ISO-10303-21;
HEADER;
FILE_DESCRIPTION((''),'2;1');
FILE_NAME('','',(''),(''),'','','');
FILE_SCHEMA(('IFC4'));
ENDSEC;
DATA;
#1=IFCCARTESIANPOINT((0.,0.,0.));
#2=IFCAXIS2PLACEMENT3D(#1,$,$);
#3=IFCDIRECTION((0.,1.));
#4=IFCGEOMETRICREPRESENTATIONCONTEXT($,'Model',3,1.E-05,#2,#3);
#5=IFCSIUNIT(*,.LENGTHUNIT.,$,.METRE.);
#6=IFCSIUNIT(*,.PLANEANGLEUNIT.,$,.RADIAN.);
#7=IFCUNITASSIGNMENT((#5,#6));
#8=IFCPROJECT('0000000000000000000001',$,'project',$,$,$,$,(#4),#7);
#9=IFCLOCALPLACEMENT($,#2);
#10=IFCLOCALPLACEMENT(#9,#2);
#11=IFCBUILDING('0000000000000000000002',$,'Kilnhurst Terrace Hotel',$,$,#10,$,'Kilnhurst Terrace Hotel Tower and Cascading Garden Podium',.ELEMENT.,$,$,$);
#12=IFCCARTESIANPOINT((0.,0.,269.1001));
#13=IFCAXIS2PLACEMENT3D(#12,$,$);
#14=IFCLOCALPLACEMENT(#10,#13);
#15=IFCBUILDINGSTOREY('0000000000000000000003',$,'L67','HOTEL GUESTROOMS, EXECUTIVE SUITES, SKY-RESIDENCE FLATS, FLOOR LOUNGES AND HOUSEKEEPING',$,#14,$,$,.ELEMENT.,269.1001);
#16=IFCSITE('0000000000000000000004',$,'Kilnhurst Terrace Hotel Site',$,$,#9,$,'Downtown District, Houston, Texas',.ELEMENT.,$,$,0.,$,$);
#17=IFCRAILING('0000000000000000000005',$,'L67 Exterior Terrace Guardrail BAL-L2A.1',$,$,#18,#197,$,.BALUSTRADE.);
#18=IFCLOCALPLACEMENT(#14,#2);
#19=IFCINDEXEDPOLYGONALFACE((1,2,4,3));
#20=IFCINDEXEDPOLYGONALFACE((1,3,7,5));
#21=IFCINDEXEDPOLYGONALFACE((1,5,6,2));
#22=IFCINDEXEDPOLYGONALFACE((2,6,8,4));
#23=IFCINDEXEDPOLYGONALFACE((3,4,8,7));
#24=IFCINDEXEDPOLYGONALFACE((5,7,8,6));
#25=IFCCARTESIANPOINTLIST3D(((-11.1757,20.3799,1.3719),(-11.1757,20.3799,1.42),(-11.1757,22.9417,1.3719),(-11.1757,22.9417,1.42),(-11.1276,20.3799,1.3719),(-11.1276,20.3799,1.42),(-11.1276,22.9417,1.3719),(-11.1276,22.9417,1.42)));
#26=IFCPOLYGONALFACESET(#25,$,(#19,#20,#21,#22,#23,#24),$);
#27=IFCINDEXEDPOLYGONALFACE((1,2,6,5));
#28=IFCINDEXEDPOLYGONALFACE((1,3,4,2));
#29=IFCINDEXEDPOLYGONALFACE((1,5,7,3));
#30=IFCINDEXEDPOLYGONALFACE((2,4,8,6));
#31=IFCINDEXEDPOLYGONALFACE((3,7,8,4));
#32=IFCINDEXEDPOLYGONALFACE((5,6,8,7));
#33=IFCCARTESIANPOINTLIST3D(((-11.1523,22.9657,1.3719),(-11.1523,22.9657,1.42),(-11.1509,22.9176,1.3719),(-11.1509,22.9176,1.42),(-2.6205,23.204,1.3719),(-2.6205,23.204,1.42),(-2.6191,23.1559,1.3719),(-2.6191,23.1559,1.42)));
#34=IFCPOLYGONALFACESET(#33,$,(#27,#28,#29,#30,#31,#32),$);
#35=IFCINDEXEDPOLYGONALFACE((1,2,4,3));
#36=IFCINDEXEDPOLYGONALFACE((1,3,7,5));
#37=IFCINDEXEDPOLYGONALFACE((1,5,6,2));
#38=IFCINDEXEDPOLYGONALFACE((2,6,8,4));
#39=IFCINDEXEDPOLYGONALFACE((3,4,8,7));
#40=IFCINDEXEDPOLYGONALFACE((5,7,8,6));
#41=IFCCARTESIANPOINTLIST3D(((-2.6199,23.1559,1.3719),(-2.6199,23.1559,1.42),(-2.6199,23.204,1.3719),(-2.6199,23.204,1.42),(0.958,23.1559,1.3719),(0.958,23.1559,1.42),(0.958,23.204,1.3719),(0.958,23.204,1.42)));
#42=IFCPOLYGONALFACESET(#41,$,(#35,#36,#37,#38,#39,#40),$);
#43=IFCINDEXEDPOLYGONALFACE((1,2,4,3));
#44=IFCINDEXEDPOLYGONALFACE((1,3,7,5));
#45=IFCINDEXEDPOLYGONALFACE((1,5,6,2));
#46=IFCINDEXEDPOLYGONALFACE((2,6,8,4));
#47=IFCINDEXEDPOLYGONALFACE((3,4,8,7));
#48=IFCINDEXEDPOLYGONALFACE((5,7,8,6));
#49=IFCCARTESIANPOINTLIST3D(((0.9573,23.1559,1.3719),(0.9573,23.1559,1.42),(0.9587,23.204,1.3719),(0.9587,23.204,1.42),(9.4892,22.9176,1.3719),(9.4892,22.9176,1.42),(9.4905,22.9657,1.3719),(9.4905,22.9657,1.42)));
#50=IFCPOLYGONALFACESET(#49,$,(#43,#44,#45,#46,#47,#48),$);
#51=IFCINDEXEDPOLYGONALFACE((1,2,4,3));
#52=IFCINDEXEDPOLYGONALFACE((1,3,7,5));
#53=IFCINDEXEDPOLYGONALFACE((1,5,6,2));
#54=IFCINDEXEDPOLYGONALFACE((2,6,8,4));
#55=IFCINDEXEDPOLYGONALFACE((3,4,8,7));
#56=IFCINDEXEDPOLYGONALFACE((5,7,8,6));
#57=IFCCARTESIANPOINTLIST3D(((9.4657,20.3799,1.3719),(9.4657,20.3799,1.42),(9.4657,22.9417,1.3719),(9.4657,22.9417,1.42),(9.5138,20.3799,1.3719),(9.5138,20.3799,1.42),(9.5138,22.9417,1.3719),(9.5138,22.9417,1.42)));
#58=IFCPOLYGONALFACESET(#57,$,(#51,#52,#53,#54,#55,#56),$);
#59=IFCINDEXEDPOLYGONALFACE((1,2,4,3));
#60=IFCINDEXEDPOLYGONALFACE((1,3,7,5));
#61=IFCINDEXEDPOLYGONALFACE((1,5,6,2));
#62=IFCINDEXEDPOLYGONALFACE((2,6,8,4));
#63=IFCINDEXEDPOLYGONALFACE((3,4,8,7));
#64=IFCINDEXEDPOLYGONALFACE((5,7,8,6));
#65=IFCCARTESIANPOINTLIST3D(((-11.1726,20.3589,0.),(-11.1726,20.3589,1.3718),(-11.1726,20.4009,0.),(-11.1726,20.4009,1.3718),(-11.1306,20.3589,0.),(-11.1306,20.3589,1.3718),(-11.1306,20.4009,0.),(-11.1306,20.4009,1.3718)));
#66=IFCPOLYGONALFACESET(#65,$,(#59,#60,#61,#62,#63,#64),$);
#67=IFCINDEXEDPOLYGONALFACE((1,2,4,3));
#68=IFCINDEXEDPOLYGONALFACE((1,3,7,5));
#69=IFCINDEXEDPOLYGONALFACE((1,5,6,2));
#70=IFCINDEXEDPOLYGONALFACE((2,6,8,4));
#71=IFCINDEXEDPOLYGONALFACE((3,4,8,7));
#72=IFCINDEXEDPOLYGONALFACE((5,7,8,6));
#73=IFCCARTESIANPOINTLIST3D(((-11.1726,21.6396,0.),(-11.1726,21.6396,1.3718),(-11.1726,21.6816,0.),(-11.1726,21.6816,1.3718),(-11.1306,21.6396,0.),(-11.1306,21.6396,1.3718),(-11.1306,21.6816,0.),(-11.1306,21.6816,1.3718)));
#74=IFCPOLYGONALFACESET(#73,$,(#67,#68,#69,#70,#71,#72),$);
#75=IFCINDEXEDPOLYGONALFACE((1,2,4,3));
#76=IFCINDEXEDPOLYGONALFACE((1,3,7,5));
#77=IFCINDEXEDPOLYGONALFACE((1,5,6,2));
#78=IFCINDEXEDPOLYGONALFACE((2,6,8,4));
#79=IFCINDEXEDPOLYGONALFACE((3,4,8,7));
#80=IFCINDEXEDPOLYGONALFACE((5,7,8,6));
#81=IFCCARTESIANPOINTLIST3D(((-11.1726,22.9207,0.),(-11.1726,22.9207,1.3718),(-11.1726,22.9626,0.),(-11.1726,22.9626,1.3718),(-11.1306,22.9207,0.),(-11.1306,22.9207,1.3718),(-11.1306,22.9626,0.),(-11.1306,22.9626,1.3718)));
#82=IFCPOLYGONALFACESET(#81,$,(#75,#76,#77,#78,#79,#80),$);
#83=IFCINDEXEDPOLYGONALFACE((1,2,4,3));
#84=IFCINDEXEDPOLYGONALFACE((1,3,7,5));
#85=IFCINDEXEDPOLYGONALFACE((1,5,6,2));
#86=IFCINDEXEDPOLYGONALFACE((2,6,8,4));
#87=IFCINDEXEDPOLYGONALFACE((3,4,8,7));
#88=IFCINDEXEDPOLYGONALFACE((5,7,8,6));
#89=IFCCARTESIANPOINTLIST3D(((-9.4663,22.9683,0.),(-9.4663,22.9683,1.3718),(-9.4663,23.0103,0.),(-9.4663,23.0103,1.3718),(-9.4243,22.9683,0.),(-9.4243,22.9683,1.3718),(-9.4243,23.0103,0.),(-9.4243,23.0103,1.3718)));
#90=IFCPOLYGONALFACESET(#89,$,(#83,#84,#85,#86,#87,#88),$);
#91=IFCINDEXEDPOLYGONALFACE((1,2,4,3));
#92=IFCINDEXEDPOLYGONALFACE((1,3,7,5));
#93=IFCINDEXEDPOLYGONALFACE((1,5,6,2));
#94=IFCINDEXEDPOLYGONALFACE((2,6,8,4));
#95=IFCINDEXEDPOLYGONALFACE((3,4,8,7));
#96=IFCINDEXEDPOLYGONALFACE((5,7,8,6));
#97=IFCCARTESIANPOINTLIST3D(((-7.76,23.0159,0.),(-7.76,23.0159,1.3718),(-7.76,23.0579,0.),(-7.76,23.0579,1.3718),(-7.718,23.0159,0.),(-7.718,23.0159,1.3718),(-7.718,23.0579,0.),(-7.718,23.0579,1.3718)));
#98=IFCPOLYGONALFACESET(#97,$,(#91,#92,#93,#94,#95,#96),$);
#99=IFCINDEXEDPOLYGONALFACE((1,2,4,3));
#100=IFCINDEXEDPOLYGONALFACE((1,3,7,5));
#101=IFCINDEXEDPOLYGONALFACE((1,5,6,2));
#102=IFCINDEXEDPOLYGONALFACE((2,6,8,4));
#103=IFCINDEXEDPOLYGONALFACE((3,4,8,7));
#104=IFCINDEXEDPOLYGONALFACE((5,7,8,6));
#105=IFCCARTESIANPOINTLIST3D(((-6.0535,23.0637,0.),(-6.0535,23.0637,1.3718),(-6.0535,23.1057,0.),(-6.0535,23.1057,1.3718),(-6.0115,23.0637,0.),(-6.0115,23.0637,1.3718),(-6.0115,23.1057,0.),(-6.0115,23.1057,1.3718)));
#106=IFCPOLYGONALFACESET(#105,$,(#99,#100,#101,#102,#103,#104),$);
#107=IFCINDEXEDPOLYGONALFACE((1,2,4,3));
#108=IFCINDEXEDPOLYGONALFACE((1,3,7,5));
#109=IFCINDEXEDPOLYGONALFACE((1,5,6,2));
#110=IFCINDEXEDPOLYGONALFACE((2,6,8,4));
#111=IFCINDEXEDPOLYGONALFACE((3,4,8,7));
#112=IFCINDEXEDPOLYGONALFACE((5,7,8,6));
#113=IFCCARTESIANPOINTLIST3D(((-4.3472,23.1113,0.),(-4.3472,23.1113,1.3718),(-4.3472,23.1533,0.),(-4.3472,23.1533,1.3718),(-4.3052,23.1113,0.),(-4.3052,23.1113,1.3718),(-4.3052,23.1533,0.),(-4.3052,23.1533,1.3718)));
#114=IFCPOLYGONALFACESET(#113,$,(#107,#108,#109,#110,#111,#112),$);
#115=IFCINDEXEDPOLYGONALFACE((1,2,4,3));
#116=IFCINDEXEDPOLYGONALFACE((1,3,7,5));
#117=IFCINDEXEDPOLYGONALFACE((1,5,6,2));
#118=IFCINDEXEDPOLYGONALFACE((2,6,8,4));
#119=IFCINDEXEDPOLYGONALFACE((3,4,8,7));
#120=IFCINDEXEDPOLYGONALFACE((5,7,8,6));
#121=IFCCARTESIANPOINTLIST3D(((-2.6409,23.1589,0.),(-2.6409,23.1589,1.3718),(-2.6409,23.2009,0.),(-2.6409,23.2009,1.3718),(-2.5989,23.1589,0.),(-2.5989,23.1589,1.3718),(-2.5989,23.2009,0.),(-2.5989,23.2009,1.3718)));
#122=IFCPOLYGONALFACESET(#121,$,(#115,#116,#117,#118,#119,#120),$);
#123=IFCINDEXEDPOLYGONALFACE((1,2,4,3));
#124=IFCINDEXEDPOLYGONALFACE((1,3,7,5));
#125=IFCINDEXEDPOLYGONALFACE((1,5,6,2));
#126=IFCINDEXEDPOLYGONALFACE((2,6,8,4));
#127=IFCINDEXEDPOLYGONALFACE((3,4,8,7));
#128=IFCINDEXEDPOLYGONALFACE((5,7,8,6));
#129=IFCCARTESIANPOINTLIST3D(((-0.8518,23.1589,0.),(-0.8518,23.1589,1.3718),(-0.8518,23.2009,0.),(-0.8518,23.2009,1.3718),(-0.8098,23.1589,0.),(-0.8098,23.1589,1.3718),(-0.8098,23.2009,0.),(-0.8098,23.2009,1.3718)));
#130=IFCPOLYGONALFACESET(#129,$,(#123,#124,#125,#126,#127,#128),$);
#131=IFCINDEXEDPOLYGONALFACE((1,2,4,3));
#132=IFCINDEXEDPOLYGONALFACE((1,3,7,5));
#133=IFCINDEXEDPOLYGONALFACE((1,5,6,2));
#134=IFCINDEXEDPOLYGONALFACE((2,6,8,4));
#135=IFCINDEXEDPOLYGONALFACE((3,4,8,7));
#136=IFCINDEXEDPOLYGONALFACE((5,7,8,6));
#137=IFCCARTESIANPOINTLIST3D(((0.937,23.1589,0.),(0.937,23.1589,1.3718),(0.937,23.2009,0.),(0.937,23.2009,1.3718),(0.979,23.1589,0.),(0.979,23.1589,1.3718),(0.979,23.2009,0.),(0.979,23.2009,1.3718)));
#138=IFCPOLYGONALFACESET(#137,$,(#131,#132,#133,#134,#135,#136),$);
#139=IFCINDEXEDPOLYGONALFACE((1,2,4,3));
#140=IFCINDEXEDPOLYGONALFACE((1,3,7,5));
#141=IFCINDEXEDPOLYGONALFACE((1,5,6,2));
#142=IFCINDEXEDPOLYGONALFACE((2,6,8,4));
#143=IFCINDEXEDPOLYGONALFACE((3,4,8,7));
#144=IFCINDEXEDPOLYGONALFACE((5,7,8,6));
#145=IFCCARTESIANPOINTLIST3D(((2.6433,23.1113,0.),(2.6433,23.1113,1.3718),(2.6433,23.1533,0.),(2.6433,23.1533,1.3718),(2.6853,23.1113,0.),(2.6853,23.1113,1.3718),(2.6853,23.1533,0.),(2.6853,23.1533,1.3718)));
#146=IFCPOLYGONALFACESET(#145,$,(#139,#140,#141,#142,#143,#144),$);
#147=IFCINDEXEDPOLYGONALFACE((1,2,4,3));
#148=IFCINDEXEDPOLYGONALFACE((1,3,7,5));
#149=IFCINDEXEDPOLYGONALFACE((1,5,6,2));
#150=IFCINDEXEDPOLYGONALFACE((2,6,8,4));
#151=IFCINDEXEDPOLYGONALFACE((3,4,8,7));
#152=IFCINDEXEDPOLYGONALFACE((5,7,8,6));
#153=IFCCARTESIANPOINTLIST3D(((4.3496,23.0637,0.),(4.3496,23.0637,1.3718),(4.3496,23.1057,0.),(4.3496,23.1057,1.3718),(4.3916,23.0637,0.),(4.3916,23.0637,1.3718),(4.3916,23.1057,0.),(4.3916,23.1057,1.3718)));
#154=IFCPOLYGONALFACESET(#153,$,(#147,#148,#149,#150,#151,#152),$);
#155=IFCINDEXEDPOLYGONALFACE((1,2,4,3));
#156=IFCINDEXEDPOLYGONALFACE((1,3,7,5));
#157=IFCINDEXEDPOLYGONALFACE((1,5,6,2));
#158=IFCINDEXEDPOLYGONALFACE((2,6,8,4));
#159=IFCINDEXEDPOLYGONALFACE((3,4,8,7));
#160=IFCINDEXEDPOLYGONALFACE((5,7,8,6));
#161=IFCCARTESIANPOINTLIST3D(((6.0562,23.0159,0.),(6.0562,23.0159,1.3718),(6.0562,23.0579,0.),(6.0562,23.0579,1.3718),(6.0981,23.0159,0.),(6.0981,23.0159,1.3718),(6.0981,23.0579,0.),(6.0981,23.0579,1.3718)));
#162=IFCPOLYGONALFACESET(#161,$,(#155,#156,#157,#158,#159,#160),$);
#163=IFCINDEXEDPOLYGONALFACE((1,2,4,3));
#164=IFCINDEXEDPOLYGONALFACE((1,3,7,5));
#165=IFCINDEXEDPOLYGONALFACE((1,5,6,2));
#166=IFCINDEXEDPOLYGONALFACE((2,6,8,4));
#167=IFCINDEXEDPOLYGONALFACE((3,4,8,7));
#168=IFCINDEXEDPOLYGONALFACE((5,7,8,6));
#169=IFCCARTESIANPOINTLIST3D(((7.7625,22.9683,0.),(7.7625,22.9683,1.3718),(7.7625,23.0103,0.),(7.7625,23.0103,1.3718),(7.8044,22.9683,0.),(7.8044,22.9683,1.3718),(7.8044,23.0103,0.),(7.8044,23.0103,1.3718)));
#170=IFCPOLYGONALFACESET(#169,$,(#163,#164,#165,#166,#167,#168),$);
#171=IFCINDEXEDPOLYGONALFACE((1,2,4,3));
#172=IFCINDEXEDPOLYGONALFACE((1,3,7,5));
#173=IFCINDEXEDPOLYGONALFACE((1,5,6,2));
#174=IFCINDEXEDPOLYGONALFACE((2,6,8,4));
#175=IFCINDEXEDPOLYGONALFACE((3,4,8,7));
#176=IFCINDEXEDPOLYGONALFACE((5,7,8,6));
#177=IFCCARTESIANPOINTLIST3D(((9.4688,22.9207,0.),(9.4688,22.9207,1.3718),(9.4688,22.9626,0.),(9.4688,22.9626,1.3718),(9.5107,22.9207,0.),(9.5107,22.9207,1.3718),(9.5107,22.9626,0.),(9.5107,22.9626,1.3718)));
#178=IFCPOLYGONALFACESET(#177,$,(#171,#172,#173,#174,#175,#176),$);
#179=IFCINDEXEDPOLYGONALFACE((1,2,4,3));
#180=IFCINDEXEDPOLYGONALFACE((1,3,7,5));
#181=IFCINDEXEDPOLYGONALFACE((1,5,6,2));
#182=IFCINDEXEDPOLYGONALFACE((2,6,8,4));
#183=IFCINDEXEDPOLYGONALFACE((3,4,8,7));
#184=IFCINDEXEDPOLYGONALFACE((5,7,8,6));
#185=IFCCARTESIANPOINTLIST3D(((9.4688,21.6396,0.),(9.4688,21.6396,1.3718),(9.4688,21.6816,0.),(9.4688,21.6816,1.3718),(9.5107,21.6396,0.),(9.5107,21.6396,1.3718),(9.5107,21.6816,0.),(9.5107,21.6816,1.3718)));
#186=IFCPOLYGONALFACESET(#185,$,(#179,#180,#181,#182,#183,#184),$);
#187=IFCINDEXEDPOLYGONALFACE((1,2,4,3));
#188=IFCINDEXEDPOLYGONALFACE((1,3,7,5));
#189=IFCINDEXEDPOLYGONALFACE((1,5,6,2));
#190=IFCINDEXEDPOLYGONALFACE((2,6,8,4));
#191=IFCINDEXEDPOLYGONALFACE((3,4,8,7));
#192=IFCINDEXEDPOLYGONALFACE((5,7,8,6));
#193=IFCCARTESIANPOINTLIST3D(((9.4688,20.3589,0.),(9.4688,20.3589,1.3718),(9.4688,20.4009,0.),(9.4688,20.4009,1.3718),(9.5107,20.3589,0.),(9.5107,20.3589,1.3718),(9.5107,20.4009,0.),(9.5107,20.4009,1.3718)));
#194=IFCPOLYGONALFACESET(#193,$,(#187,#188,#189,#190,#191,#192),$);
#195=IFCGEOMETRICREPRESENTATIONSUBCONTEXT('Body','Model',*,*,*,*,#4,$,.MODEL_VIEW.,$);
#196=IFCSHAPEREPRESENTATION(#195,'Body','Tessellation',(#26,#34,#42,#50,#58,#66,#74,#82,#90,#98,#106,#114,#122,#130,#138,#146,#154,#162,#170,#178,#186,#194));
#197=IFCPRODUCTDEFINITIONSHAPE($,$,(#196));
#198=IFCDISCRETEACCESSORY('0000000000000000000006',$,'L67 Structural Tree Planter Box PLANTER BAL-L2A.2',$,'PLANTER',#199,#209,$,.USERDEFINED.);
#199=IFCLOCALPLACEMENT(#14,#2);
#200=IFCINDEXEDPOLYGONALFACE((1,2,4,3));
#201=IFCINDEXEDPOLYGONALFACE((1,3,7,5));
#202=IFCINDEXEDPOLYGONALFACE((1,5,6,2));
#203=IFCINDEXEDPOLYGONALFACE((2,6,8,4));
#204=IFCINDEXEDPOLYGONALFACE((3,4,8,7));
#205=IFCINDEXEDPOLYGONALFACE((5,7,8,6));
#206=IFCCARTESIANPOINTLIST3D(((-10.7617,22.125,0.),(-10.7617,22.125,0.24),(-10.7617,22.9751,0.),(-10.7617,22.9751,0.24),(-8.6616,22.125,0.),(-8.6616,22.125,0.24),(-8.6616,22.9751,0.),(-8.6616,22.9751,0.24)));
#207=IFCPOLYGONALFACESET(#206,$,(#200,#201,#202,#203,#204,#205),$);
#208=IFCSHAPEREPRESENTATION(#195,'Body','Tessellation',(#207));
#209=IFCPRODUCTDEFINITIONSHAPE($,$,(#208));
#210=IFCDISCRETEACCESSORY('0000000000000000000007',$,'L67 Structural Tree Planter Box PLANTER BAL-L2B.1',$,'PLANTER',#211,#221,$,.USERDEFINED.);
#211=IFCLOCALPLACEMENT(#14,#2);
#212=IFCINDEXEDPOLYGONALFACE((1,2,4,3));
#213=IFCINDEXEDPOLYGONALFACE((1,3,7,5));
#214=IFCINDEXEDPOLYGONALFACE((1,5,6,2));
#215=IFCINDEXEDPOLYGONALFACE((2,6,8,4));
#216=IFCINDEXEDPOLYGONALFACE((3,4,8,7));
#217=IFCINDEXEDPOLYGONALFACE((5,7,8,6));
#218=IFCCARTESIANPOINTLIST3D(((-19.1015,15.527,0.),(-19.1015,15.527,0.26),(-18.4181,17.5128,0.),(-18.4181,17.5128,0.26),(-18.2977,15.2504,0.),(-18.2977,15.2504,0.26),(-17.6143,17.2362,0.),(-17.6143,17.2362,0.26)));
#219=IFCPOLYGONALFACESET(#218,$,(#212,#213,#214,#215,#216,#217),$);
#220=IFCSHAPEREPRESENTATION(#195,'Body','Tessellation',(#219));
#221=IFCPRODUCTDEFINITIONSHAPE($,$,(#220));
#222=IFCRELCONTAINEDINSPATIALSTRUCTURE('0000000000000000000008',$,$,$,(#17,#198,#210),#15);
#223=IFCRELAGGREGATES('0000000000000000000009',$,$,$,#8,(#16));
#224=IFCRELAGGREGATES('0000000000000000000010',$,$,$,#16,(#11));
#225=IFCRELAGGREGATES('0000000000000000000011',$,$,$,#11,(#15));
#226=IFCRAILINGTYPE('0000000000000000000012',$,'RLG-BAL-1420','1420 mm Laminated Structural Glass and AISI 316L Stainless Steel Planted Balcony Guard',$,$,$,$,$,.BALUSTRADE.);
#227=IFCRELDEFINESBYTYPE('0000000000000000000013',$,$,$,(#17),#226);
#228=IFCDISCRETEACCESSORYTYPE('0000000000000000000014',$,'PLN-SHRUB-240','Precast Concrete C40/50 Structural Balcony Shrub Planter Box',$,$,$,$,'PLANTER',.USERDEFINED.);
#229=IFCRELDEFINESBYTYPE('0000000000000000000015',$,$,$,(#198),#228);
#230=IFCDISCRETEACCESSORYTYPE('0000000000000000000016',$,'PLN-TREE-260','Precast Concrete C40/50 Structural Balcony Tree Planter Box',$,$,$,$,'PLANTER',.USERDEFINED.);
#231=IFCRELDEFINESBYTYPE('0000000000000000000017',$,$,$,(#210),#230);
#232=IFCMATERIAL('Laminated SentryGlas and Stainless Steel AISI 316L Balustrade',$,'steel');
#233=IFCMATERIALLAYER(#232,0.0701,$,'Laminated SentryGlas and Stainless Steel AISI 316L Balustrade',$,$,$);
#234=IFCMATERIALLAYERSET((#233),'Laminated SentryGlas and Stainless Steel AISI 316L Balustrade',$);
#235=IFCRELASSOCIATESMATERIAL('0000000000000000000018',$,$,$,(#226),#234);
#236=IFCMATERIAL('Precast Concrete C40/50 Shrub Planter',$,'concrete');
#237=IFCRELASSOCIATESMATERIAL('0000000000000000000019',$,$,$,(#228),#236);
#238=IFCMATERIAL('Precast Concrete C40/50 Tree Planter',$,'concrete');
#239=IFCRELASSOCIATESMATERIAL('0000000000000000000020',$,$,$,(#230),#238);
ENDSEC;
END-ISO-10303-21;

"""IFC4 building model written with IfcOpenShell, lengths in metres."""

from ifc_helpers import new_model, si_unit, direction, frame, origin, origin_2d, place, context, subcontext, project, spatial, rectangle, extrude, material, layer, layer_set, type_object, element, save


model = new_model("IFC4")

# Units and contexts
model_context = context("Model", 3, precision=1e-05, world=origin(), true_north=direction((0.0, 1.0)))
body_context = subcontext(model_context, "Body", "Model", "MODEL_VIEW")
ifc_project = project(units=[si_unit("LENGTHUNIT", "METRE"), si_unit("PLANEANGLEUNIT", "RADIAN")], contexts=[model_context])

# Site, building, storey
site_placement = place(None, origin())
site = spatial("IfcSite", under=ifc_project, at=site_placement, Name="Kilnhurst Terrace Hotel Site", LongName="Downtown District, Houston, Texas", CompositionType="ELEMENT", RefElevation=0.0)
building_placement = place(site_placement, origin())
building = spatial("IfcBuilding", under=site, at=building_placement, Name="Kilnhurst Terrace Hotel", LongName="Kilnhurst Terrace Hotel Tower and Cascading Garden Podium", CompositionType="ELEMENT")
storey_placement = place(building_placement, frame((0.0, 0.0, 269.1001)))
storey = spatial("IfcBuildingStorey", under=building, at=storey_placement, Name="L67", Description="HOTEL GUESTROOMS, EXECUTIVE SUITES, SKY-RESIDENCE FLATS, FLOOR LOUNGES AND HOUSEKEEPING", CompositionType="ELEMENT", Elevation=269.1001)

# Railing
ifc_material_1 = material(Name="Laminated SentryGlas and Stainless Steel AISI 316L Balustrade", Category="steel")
ifc_layer_1 = layer(ifc_material_1, 0.0701, Name="Laminated SentryGlas and Stainless Steel AISI 316L Balustrade")
ifc_layer_set_1 = layer_set([ifc_layer_1], Name="Laminated SentryGlas and Stainless Steel AISI 316L Balustrade")
railing_type = type_object("IfcRailingType", Name="RLG-BAL-1420", Description="1420 mm Laminated Structural Glass and AISI 316L Stainless Steel Planted Balcony Guard", PredefinedType="BALUSTRADE", material=ifc_layer_set_1)
railing_placement = place(storey_placement, frame((-11.1516, 20.3799, 0.0)))
element("IfcRailing", 1, at=railing_placement, inside=storey, type_object=railing_type, Name="L67 Exterior Terrace Guardrail BAL-L2A.1", PredefinedType="BALUSTRADE", context=body_context, shape_type="SweptSolid", body=[
    extrude(rectangle(XDim=0.0481, YDim=0.0481, at=origin_2d()), frame((0.0, 0.0, 1.396), z_axis=(0.0, 1.0, 0.0), x_axis=(-1.0, 0.0, 0.0)), (0.0, 0.0, 1.0), 2.5618),
    extrude(rectangle(XDim=0.0481, YDim=0.0481, at=origin_2d()), frame((0.0, 2.5618, 1.396), z_axis=(0.99961, 0.027918, 0.0), x_axis=(-0.027918, 0.99961, 0.0)), (0.0, 0.0, 1.0), 8.5352),
    extrude(rectangle(XDim=0.0481, YDim=0.0481, at=origin_2d()), frame((8.5317, 2.8, 1.396), z_axis=(1.0, 0.0, 0.0), x_axis=(0.0, 1.0, 0.0)), (0.0, 0.0, 1.0), 3.5779),
    extrude(rectangle(XDim=0.0481, YDim=0.0481, at=origin_2d()), frame((12.1096, 2.8, 1.396), z_axis=(0.99961, -0.027918, 0.0), x_axis=(0.027918, 0.99961, 0.0)), (0.0, 0.0, 1.0), 8.5352),
    extrude(rectangle(XDim=0.0481, YDim=0.0481, at=origin_2d()), frame((20.6414, 2.5618, 1.396), z_axis=(0.0, -1.0, 0.0), x_axis=(1.0, 0.0, 0.0)), (0.0, 0.0, 1.0), 2.5618),
    extrude(rectangle(XDim=0.042, YDim=0.042, at=origin_2d()), origin(), (0.0, 0.0, 1.0), 1.3718),
    extrude(rectangle(XDim=0.042, YDim=0.042, at=origin_2d()), frame((0.0, 1.2808, 0.0)), (0.0, 0.0, 1.0), 1.3718),
    extrude(rectangle(XDim=0.042, YDim=0.042, at=origin_2d()), frame((0.0, 2.5618, 0.0)), (0.0, 0.0, 1.0), 1.3718),
    extrude(rectangle(XDim=0.042, YDim=0.042, at=origin_2d()), frame((1.7063, 2.6094, 0.0)), (0.0, 0.0, 1.0), 1.3718),
    extrude(rectangle(XDim=0.042, YDim=0.042, at=origin_2d()), frame((3.4126, 2.657, 0.0)), (0.0, 0.0, 1.0), 1.3718),
    extrude(rectangle(XDim=0.042, YDim=0.042, at=origin_2d()), frame((5.1191, 2.7048, 0.0)), (0.0, 0.0, 1.0), 1.3718),
    extrude(rectangle(XDim=0.042, YDim=0.042, at=origin_2d()), frame((6.8254, 2.7524, 0.0)), (0.0, 0.0, 1.0), 1.3718),
    extrude(rectangle(XDim=0.042, YDim=0.042, at=origin_2d()), frame((8.5317, 2.8, 0.0)), (0.0, 0.0, 1.0), 1.3718),
    extrude(rectangle(XDim=0.042, YDim=0.042, at=origin_2d()), frame((10.3208, 2.8, 0.0)), (0.0, 0.0, 1.0), 1.3718),
    extrude(rectangle(XDim=0.042, YDim=0.042, at=origin_2d()), frame((12.1096, 2.8, 0.0)), (0.0, 0.0, 1.0), 1.3718),
    extrude(rectangle(XDim=0.042, YDim=0.042, at=origin_2d()), frame((13.8159, 2.7524, 0.0)), (0.0, 0.0, 1.0), 1.3718),
    extrude(rectangle(XDim=0.042, YDim=0.042, at=origin_2d()), frame((15.5222, 2.7048, 0.0)), (0.0, 0.0, 1.0), 1.3718),
    extrude(rectangle(XDim=0.042, YDim=0.042, at=origin_2d()), frame((17.2288, 2.657, 0.0)), (0.0, 0.0, 1.0), 1.3718),
    extrude(rectangle(XDim=0.042, YDim=0.042, at=origin_2d()), frame((18.9351, 2.6094, 0.0)), (0.0, 0.0, 1.0), 1.3718),
    extrude(rectangle(XDim=0.042, YDim=0.042, at=origin_2d()), frame((20.6414, 2.5618, 0.0)), (0.0, 0.0, 1.0), 1.3718),
    extrude(rectangle(XDim=0.042, YDim=0.042, at=origin_2d()), frame((20.6414, 1.2808, 0.0)), (0.0, 0.0, 1.0), 1.3718),
    extrude(rectangle(XDim=0.042, YDim=0.042, at=origin_2d()), frame((20.6414, 0.0, 0.0)), (0.0, 0.0, 1.0), 1.3718),
])

# Discrete accessories
ifc_material_2 = material(Name="Precast Concrete C40/50 Shrub Planter", Category="concrete")
discrete_accessory_type_1 = type_object("IfcDiscreteAccessoryType", Name="PLN-SHRUB-240", Description="Precast Concrete C40/50 Structural Balcony Shrub Planter Box", ElementType="PLANTER", PredefinedType="USERDEFINED", material=ifc_material_2)
discrete_accessory_1_placement = place(storey_placement, frame((-9.7117, 22.55, 0.0), z_axis=(0.0, 0.0, 1.0), x_axis=(-1.0, 0.0, 0.0)))
element("IfcDiscreteAccessory", 2, at=discrete_accessory_1_placement, inside=storey, type_object=discrete_accessory_type_1, Name="L67 Structural Tree Planter Box PLANTER BAL-L2A.2", ObjectType="PLANTER", PredefinedType="USERDEFINED", context=body_context, shape_type="SweptSolid", body=[
    extrude(rectangle(XDim=2.1001, YDim=0.8501, at=origin_2d()), origin(), (0.0, 0.0, 1.0), 0.24),
])
ifc_material_3 = material(Name="Precast Concrete C40/50 Tree Planter", Category="concrete")
discrete_accessory_type_2 = type_object("IfcDiscreteAccessoryType", Name="PLN-TREE-260", Description="Precast Concrete C40/50 Structural Balcony Tree Planter Box", ElementType="PLANTER", PredefinedType="USERDEFINED", material=ifc_material_3)
discrete_accessory_2_placement = place(storey_placement, frame((-18.3579, 16.3816, 0.0), z_axis=(0.0, 0.0, 1.0), x_axis=(-0.325403, -0.945575, 0.0)))
element("IfcDiscreteAccessory", 3, at=discrete_accessory_2_placement, inside=storey, type_object=discrete_accessory_type_2, Name="L67 Structural Tree Planter Box PLANTER BAL-L2B.1", ObjectType="PLANTER", PredefinedType="USERDEFINED", context=body_context, shape_type="SweptSolid", body=[
    extrude(rectangle(XDim=2.1001, YDim=0.8501, at=origin_2d()), origin(), (0.0, 0.0, 1.0), 0.26),
])

save(model, "model.ifc")
